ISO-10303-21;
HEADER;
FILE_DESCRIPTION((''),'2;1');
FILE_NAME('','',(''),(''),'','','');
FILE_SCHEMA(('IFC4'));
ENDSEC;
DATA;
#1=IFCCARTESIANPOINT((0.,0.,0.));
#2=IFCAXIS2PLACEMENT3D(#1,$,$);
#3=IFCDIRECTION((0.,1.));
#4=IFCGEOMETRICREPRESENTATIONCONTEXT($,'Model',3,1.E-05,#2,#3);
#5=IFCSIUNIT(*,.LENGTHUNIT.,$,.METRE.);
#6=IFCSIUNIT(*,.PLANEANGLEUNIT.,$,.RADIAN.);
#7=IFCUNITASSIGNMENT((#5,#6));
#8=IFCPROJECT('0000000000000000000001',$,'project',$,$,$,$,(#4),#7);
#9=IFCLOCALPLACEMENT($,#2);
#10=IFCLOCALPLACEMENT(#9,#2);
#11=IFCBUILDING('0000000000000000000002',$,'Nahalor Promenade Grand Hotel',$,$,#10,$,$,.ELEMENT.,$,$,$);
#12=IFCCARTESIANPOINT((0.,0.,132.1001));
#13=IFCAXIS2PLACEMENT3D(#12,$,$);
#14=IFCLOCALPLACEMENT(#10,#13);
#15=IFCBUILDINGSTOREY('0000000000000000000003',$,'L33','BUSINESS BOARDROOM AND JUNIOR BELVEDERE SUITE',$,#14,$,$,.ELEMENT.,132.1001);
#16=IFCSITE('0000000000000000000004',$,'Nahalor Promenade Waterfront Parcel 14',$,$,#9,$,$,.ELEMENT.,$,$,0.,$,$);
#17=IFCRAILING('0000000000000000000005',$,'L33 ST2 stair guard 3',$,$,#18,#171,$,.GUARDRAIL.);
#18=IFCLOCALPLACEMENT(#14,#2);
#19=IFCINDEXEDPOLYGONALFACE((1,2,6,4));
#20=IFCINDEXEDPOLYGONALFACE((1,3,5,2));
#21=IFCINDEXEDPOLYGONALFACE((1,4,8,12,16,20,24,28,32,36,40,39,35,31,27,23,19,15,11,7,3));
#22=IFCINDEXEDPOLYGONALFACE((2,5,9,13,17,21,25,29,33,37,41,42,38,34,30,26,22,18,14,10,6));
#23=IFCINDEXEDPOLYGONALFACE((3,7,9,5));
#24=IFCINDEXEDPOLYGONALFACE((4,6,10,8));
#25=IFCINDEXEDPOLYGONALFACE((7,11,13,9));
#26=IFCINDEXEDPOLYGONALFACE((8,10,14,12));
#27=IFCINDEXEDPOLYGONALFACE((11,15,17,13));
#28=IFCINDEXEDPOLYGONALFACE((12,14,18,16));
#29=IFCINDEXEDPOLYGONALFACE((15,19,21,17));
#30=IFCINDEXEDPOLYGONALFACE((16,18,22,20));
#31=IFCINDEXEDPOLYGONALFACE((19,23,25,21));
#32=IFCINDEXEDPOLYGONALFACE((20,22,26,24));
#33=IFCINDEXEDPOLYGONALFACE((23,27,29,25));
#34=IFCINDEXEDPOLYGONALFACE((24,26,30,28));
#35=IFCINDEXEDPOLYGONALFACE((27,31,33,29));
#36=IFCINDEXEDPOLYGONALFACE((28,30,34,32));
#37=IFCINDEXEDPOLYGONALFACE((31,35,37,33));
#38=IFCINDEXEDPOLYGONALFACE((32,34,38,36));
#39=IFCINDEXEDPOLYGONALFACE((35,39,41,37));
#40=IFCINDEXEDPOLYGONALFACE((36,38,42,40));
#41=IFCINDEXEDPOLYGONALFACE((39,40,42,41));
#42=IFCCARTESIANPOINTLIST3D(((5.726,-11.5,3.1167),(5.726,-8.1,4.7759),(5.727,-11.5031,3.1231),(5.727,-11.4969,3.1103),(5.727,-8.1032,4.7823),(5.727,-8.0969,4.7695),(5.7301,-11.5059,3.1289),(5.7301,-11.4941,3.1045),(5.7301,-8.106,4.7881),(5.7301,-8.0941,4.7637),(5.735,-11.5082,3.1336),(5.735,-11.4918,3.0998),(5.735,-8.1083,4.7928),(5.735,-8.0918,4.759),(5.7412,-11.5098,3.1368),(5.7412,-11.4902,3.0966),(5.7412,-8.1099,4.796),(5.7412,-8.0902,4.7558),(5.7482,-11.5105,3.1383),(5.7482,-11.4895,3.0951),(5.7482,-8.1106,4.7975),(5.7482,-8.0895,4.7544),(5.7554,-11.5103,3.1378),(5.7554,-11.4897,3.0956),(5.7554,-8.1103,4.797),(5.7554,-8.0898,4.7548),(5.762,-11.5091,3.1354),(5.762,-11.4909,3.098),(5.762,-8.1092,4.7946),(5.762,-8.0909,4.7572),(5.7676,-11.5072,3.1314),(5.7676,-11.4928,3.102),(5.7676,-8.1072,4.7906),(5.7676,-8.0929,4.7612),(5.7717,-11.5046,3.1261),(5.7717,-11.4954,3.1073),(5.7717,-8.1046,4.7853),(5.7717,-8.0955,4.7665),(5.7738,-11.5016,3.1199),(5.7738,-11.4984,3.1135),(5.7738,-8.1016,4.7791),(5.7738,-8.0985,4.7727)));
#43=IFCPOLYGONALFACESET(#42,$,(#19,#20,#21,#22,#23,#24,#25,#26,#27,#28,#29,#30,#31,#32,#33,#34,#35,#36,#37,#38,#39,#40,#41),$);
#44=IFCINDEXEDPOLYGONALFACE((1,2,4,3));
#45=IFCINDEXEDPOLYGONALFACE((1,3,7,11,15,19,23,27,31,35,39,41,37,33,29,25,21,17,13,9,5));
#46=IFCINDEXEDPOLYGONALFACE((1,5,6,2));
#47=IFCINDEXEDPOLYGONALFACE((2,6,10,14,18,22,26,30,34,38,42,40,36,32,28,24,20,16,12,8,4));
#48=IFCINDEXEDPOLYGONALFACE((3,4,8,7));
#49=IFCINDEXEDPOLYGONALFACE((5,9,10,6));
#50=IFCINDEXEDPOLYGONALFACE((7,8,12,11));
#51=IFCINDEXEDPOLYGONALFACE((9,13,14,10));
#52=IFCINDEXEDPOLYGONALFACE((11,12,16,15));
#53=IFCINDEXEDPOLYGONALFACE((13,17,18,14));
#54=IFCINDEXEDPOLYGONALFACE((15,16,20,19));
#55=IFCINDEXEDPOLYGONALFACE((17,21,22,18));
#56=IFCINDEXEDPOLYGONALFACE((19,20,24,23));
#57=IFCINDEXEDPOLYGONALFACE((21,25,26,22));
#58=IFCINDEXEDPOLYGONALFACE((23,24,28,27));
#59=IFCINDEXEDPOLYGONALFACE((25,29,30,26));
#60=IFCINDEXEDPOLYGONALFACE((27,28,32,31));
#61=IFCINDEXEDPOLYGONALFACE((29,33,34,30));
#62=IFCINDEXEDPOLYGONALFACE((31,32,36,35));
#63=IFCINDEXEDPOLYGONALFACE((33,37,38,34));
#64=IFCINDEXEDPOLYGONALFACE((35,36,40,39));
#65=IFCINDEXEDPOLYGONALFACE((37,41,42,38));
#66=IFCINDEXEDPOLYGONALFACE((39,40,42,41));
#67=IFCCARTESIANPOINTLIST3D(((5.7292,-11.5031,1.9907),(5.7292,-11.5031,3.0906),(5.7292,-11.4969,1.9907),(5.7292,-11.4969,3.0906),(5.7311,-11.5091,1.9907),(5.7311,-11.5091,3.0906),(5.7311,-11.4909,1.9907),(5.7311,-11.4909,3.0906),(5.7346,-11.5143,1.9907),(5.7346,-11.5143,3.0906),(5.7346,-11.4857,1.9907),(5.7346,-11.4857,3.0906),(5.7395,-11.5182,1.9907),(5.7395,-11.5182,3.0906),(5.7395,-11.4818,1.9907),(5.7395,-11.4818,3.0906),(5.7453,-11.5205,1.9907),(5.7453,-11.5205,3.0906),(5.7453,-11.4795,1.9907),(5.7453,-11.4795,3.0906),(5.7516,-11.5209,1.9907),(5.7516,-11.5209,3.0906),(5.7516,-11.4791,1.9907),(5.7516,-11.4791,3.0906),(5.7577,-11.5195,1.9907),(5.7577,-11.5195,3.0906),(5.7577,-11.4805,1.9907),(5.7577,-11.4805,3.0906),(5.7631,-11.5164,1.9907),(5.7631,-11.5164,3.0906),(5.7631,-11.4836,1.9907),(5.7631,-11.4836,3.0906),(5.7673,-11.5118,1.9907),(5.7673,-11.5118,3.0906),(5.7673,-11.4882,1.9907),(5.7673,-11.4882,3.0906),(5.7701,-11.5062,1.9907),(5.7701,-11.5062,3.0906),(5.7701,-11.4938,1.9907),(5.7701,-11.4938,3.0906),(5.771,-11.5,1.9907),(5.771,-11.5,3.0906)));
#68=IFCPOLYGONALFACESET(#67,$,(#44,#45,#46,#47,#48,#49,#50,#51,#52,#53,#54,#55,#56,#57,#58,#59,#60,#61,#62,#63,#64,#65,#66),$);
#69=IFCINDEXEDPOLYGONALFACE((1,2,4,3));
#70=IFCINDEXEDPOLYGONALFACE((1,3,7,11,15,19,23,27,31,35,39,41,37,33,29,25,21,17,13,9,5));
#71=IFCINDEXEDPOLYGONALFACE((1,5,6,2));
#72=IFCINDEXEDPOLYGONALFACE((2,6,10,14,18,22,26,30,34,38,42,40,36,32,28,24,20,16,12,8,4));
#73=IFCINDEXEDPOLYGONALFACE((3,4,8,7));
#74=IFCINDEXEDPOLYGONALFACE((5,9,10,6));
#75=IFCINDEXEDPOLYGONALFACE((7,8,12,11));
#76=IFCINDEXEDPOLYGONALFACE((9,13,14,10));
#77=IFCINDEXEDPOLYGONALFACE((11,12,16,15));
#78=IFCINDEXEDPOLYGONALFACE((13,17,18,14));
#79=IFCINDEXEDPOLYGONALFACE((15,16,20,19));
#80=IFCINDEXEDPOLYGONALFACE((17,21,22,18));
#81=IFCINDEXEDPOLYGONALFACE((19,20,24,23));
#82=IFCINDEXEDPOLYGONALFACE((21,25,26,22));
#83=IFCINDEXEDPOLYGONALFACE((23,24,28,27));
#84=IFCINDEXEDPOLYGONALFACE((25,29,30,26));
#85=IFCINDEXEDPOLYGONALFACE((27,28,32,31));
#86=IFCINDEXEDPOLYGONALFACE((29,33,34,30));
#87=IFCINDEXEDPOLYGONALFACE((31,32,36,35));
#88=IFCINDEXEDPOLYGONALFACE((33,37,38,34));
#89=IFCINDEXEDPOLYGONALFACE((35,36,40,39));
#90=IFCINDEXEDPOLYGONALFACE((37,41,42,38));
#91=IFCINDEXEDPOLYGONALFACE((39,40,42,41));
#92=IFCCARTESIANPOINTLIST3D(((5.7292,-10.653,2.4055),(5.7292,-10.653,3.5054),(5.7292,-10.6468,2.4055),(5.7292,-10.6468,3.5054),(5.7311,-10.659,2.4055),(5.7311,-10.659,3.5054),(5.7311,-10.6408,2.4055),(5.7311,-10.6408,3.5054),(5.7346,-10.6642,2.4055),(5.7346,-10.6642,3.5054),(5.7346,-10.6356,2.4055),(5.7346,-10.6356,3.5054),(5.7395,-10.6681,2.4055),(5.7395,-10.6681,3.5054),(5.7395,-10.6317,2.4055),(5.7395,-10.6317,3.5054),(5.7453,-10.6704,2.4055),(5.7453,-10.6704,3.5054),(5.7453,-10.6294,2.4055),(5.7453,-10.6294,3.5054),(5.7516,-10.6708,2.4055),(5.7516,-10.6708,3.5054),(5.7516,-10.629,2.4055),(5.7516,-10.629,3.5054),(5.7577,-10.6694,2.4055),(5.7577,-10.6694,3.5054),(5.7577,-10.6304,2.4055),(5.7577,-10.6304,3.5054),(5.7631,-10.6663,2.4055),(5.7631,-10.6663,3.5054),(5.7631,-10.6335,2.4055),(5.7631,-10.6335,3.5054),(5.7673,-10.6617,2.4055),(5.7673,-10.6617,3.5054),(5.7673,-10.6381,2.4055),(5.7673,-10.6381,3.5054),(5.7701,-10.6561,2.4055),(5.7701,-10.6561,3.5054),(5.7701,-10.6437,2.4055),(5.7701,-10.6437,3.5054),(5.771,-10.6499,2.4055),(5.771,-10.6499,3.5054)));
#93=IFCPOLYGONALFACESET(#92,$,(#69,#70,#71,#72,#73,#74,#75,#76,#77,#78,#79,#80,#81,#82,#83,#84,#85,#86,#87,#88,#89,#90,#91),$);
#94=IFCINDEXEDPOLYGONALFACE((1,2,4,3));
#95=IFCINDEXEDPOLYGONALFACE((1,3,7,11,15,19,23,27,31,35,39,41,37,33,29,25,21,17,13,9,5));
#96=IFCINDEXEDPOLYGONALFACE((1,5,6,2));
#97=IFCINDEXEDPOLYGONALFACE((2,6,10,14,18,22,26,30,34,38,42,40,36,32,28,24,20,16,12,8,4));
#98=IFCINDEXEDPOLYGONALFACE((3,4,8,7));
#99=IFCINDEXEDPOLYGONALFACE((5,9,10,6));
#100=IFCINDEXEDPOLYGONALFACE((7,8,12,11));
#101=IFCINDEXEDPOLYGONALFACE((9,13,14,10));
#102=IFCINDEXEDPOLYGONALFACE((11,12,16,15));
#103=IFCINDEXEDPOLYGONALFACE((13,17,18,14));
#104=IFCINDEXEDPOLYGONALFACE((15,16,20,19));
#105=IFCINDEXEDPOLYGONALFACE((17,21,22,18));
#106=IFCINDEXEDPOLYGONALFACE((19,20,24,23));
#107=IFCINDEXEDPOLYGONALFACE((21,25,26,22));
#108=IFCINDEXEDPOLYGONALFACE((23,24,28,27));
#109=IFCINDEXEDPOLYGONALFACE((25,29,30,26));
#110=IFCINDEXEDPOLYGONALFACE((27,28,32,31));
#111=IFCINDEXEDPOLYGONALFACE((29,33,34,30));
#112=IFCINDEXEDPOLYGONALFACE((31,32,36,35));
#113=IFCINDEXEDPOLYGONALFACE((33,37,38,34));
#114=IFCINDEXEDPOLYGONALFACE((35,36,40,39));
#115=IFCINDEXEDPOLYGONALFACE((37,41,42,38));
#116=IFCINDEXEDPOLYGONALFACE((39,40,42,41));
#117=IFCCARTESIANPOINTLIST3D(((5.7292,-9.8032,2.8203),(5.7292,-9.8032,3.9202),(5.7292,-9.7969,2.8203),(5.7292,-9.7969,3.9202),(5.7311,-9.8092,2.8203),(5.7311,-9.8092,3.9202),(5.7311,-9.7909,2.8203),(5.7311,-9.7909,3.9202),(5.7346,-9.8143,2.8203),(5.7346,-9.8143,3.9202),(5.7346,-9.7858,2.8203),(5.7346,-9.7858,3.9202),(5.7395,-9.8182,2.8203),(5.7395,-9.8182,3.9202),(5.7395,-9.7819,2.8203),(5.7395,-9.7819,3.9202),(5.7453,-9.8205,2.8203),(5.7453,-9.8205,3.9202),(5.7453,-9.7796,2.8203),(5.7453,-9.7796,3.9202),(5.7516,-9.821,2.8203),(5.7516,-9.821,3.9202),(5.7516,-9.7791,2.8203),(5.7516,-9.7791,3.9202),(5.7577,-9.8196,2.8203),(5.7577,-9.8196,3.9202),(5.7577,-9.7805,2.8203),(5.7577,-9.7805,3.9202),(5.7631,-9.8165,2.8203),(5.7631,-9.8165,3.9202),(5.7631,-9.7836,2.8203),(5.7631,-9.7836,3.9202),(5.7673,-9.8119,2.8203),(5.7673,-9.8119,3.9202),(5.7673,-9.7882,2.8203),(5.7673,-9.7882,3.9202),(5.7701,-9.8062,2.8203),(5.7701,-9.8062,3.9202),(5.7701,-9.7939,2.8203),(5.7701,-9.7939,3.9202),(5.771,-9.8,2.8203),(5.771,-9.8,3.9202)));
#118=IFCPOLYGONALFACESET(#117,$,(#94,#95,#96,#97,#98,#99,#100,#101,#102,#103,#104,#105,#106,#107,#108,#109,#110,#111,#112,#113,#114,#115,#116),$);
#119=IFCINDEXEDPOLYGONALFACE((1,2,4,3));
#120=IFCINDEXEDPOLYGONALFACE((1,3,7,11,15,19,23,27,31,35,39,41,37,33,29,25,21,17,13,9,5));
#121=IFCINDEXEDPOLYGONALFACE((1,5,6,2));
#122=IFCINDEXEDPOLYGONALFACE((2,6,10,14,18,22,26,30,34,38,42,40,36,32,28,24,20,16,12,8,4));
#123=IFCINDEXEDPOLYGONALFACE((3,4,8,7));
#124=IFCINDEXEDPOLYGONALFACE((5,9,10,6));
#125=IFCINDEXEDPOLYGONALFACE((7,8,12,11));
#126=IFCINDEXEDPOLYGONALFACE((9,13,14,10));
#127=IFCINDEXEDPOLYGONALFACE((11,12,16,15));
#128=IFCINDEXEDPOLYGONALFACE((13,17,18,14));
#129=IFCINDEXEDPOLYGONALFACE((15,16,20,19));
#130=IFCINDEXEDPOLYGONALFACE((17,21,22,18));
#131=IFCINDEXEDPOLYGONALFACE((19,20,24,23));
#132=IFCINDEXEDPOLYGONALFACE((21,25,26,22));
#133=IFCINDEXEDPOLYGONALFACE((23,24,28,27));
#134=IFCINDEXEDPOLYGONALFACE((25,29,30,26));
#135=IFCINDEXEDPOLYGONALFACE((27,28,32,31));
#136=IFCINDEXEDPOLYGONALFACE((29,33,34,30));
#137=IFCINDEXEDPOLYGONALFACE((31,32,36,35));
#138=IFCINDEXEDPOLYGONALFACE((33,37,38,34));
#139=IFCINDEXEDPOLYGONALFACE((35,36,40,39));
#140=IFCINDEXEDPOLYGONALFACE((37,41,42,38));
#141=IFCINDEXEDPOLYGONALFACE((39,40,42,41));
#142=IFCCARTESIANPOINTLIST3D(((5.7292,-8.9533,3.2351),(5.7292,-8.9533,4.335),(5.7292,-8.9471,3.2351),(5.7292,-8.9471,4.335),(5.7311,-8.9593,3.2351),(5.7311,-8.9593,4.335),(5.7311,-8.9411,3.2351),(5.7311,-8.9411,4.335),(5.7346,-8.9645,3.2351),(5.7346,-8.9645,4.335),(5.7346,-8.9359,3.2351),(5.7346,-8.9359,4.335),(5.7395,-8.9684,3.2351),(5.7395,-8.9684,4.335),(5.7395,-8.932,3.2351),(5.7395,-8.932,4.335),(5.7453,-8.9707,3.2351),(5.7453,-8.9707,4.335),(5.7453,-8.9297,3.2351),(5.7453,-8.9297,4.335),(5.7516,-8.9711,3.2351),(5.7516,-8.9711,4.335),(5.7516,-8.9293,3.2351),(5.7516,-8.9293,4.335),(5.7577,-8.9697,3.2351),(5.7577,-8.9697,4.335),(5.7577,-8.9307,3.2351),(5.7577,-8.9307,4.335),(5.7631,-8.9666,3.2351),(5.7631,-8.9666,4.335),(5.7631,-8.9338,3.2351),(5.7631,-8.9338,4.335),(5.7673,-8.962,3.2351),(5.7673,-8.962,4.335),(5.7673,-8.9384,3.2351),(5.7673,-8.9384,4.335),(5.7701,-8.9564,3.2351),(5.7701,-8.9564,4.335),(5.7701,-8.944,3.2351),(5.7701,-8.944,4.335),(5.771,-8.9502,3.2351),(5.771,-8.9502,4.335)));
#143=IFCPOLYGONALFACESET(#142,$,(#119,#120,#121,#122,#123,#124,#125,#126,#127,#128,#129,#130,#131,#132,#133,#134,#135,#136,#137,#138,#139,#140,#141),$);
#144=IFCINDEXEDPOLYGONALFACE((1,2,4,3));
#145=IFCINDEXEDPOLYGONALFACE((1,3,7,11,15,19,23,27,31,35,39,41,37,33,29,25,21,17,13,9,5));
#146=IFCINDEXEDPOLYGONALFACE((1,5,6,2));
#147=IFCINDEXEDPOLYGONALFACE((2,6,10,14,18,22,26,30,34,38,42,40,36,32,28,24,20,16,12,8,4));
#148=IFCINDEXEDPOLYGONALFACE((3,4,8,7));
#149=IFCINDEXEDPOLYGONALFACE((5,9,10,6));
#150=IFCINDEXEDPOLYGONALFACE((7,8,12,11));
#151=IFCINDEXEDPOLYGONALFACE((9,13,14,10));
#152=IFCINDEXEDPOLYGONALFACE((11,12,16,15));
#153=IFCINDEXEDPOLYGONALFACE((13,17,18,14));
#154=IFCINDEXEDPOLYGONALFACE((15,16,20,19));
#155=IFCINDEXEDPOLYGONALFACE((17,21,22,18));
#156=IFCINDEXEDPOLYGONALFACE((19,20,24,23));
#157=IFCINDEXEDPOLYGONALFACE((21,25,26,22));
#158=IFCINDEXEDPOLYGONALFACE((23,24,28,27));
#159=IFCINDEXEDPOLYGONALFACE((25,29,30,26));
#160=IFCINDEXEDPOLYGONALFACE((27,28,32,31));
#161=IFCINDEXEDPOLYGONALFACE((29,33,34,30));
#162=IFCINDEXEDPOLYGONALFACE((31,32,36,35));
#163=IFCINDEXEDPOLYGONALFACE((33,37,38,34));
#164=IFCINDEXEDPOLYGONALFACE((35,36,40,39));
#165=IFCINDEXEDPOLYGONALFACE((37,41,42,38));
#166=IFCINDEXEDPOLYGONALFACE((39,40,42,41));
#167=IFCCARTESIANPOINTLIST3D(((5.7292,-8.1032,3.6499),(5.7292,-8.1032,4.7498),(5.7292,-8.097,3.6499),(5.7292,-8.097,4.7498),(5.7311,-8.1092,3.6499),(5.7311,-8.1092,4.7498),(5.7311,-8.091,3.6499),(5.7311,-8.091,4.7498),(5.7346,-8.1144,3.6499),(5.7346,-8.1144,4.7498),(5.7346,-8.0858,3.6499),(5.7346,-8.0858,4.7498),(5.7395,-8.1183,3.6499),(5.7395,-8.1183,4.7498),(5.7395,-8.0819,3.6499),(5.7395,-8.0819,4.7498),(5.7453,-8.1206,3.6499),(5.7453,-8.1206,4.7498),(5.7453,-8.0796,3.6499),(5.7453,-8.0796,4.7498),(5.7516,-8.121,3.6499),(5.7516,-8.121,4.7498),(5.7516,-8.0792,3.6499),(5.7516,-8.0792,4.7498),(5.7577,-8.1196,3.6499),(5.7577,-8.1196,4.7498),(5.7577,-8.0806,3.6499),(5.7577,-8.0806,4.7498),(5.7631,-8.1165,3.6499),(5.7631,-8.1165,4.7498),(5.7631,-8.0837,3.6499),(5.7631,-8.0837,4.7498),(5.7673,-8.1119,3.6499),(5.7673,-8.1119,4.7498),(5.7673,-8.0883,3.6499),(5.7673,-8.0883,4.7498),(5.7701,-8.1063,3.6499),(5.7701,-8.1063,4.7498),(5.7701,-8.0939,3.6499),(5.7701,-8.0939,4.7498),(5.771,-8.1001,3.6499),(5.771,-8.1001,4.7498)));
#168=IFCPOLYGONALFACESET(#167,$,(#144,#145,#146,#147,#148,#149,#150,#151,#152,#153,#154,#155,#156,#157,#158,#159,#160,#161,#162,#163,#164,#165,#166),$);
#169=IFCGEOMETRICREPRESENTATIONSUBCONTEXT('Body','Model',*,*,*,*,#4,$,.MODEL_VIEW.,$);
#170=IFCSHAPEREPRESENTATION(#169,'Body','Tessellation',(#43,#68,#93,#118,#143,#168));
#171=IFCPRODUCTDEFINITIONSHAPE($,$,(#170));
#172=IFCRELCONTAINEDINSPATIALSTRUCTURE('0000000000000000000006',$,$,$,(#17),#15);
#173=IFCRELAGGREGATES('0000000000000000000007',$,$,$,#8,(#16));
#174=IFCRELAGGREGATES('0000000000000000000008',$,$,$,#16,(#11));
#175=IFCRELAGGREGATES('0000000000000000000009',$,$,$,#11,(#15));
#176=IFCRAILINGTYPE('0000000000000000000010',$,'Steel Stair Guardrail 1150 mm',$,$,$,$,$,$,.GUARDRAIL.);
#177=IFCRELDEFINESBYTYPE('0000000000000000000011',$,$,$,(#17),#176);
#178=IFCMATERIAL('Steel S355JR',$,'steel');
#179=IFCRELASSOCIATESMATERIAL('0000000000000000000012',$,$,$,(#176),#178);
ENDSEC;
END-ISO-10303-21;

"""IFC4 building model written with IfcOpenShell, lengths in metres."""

from ifc_helpers import new_model, si_unit, direction, frame, origin, origin_2d, place, context, subcontext, project, spatial, circle, extrude, material, type_object, element, save


model = new_model("IFC4")

# Units and contexts
model_context = context("Model", 3, precision=1e-05, world=origin(), true_north=direction((0.0, 1.0)))
body_context = subcontext(model_context, "Body", "Model", "MODEL_VIEW")
ifc_project = project(units=[si_unit("LENGTHUNIT", "METRE"), si_unit("PLANEANGLEUNIT", "RADIAN")], contexts=[model_context])

# Site, building, storey
site_placement = place(None, origin())
site = spatial("IfcSite", under=ifc_project, at=site_placement, Name="Nahalor Promenade Waterfront Parcel 14", CompositionType="ELEMENT", RefElevation=0.0)
building_placement = place(site_placement, origin())
building = spatial("IfcBuilding", under=site, at=building_placement, Name="Nahalor Promenade Grand Hotel", CompositionType="ELEMENT")
storey_placement = place(building_placement, frame((0.0, 0.0, 132.1001)))
storey = spatial("IfcBuildingStorey", under=building, at=storey_placement, Name="L33", Description="BUSINESS BOARDROOM AND JUNIOR BELVEDERE SUITE", CompositionType="ELEMENT", Elevation=132.1001)

# Shared definitions
ifc_material_1 = material(Name="Steel S355JR", Category="steel")

# Railing
railing_type_1 = type_object("IfcRailingType", Name="Steel Stair Guardrail 1150 mm", PredefinedType="GUARDRAIL", material=ifc_material_1)
railing_1_placement = place(storey_placement, frame((5.75, -11.5, 1.9907)))
element("IfcRailing", 1, at=railing_1_placement, inside=storey, type_object=railing_type_1, Name="L33 ST2 stair guard 3", PredefinedType="GUARDRAIL", context=body_context, shape_type="SweptSolid", body=[
    extrude(circle(Radius=0.024, at=origin_2d()), frame((0.0, 0.0, 1.126), z_axis=(0.0, 0.898696, 0.438571), x_axis=(-1.0, 0.0, 0.0)), (0.0, 0.0, 1.0), 3.7832),
    extrude(circle(Radius=0.021, at=origin_2d()), origin(), (0.0, 0.0, 1.0), 1.0999),
    extrude(circle(Radius=0.021, at=origin_2d()), frame((0.0, 0.8501, 0.4148)), (0.0, 0.0, 1.0), 1.0999),
    extrude(circle(Radius=0.021, at=origin_2d()), frame((0.0, 1.7, 0.8296)), (0.0, 0.0, 1.0), 1.0999),
    extrude(circle(Radius=0.021, at=origin_2d()), frame((0.0, 2.5498, 1.2444)), (0.0, 0.0, 1.0), 1.0999),
    extrude(circle(Radius=0.021, at=origin_2d()), frame((0.0, 3.3999, 1.6592)), (0.0, 0.0, 1.0), 1.0999),
])

save(model, "model.ifc")
